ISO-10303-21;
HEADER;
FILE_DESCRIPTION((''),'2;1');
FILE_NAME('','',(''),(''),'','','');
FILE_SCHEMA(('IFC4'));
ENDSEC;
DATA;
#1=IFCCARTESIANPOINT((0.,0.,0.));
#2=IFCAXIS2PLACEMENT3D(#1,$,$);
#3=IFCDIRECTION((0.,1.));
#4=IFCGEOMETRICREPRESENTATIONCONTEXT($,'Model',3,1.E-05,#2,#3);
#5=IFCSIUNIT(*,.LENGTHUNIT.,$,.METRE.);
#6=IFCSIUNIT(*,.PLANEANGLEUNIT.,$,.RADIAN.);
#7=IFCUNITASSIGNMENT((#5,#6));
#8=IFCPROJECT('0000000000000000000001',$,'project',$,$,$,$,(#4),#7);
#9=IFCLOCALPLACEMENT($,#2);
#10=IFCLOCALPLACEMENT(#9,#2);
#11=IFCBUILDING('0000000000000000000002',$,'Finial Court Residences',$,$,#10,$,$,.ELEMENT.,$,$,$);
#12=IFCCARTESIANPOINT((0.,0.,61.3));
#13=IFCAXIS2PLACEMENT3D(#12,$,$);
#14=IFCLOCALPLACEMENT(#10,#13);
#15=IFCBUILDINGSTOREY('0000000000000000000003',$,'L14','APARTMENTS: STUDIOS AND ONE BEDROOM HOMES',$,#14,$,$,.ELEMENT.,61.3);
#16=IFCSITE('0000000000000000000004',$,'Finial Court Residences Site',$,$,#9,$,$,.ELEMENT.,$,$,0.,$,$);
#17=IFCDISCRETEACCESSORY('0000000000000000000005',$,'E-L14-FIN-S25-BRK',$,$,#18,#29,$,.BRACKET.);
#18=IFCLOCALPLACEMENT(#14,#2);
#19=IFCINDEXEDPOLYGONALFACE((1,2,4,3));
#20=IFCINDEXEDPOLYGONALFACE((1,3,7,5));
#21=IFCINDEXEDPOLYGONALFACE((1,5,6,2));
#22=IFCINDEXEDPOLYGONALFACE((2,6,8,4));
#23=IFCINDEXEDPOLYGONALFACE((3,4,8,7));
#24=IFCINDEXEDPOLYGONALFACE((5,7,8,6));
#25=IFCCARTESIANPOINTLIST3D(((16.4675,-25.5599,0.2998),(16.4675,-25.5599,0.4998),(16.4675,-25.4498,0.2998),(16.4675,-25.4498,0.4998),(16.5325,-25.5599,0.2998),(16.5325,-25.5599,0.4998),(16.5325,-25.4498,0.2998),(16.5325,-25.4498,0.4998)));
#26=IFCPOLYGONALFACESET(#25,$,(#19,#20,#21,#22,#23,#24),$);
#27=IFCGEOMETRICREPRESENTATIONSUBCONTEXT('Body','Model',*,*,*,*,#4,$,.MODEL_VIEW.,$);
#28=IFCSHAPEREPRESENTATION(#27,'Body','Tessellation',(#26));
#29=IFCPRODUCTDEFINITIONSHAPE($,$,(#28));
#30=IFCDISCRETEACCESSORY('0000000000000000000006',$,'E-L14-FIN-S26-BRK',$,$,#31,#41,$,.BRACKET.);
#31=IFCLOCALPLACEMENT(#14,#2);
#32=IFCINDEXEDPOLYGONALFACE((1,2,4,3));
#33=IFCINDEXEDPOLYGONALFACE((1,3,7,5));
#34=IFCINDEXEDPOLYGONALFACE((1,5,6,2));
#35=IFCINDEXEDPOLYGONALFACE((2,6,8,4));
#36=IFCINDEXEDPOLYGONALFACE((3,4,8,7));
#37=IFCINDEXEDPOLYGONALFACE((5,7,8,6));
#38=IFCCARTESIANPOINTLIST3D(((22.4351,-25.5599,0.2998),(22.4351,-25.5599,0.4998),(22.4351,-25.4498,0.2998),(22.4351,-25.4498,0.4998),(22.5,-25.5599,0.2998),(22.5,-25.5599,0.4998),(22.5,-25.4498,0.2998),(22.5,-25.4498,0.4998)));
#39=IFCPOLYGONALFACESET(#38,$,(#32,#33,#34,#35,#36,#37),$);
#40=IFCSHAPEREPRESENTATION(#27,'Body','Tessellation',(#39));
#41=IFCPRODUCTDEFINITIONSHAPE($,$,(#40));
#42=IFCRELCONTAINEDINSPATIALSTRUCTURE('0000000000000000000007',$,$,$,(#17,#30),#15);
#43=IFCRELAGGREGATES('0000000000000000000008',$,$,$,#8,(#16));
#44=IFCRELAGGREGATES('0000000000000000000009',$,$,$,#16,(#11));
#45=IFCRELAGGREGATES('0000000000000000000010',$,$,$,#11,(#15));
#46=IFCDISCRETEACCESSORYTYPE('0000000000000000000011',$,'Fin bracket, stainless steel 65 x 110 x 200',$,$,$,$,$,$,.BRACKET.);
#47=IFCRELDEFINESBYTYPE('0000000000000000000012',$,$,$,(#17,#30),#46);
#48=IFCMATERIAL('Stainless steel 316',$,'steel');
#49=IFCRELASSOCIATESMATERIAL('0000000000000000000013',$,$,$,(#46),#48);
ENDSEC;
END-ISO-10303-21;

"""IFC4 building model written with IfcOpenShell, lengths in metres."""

from ifc_helpers import new_model, si_unit, direction, frame, origin, origin_2d, place, context, subcontext, project, spatial, rectangle, extrude, material, type_object, element, save


model = new_model("IFC4")

# Units and contexts
model_context = context("Model", 3, precision=1e-05, world=origin(), true_north=direction((0.0, 1.0)))
body_context = subcontext(model_context, "Body", "Model", "MODEL_VIEW")
ifc_project = project(units=[si_unit("LENGTHUNIT", "METRE"), si_unit("PLANEANGLEUNIT", "RADIAN")], contexts=[model_context])

# Site, building, storey
site_placement = place(None, origin())
site = spatial("IfcSite", under=ifc_project, at=site_placement, Name="Finial Court Residences Site", CompositionType="ELEMENT", RefElevation=0.0)
building_placement = place(site_placement, origin())
building = spatial("IfcBuilding", under=site, at=building_placement, Name="Finial Court Residences", CompositionType="ELEMENT")
storey_placement = place(building_placement, frame((0.0, 0.0, 61.3)))
storey = spatial("IfcBuildingStorey", under=building, at=storey_placement, Name="L14", Description="APARTMENTS: STUDIOS AND ONE BEDROOM HOMES", CompositionType="ELEMENT", Elevation=61.3)

# Discrete accessories
ifc_material_1 = material(Name="Stainless steel 316", Category="steel")
discrete_accessory_type = type_object("IfcDiscreteAccessoryType", Name="Fin bracket, stainless steel 65 x 110 x 200", PredefinedType="BRACKET", material=ifc_material_1)
for number, where, z_axis, x_axis, name in (
    (1, (16.5, -25.5049, 0.2998), (0.0, 0.0, 1.0), (1.0, 0.0, 0.0), "E-L14-FIN-S25-BRK"),
    (2, (22.4675, -25.5049, 0.2998), (0.0, 0.0, 1.0), (1.0, 0.0, 0.0), "E-L14-FIN-S26-BRK"),
):
    element("IfcDiscreteAccessory", number, at=place(storey_placement, frame(where, z_axis=z_axis, x_axis=x_axis)), inside=storey, type_object=discrete_accessory_type, Name=name, PredefinedType="BRACKET", context=body_context, shape_type="SweptSolid", body=[
        extrude(rectangle(XDim=0.0649, YDim=0.1101, at=origin_2d()), origin(), (0.0, 0.0, 1.0), 0.2),
    ])

save(model, "model.ifc")
